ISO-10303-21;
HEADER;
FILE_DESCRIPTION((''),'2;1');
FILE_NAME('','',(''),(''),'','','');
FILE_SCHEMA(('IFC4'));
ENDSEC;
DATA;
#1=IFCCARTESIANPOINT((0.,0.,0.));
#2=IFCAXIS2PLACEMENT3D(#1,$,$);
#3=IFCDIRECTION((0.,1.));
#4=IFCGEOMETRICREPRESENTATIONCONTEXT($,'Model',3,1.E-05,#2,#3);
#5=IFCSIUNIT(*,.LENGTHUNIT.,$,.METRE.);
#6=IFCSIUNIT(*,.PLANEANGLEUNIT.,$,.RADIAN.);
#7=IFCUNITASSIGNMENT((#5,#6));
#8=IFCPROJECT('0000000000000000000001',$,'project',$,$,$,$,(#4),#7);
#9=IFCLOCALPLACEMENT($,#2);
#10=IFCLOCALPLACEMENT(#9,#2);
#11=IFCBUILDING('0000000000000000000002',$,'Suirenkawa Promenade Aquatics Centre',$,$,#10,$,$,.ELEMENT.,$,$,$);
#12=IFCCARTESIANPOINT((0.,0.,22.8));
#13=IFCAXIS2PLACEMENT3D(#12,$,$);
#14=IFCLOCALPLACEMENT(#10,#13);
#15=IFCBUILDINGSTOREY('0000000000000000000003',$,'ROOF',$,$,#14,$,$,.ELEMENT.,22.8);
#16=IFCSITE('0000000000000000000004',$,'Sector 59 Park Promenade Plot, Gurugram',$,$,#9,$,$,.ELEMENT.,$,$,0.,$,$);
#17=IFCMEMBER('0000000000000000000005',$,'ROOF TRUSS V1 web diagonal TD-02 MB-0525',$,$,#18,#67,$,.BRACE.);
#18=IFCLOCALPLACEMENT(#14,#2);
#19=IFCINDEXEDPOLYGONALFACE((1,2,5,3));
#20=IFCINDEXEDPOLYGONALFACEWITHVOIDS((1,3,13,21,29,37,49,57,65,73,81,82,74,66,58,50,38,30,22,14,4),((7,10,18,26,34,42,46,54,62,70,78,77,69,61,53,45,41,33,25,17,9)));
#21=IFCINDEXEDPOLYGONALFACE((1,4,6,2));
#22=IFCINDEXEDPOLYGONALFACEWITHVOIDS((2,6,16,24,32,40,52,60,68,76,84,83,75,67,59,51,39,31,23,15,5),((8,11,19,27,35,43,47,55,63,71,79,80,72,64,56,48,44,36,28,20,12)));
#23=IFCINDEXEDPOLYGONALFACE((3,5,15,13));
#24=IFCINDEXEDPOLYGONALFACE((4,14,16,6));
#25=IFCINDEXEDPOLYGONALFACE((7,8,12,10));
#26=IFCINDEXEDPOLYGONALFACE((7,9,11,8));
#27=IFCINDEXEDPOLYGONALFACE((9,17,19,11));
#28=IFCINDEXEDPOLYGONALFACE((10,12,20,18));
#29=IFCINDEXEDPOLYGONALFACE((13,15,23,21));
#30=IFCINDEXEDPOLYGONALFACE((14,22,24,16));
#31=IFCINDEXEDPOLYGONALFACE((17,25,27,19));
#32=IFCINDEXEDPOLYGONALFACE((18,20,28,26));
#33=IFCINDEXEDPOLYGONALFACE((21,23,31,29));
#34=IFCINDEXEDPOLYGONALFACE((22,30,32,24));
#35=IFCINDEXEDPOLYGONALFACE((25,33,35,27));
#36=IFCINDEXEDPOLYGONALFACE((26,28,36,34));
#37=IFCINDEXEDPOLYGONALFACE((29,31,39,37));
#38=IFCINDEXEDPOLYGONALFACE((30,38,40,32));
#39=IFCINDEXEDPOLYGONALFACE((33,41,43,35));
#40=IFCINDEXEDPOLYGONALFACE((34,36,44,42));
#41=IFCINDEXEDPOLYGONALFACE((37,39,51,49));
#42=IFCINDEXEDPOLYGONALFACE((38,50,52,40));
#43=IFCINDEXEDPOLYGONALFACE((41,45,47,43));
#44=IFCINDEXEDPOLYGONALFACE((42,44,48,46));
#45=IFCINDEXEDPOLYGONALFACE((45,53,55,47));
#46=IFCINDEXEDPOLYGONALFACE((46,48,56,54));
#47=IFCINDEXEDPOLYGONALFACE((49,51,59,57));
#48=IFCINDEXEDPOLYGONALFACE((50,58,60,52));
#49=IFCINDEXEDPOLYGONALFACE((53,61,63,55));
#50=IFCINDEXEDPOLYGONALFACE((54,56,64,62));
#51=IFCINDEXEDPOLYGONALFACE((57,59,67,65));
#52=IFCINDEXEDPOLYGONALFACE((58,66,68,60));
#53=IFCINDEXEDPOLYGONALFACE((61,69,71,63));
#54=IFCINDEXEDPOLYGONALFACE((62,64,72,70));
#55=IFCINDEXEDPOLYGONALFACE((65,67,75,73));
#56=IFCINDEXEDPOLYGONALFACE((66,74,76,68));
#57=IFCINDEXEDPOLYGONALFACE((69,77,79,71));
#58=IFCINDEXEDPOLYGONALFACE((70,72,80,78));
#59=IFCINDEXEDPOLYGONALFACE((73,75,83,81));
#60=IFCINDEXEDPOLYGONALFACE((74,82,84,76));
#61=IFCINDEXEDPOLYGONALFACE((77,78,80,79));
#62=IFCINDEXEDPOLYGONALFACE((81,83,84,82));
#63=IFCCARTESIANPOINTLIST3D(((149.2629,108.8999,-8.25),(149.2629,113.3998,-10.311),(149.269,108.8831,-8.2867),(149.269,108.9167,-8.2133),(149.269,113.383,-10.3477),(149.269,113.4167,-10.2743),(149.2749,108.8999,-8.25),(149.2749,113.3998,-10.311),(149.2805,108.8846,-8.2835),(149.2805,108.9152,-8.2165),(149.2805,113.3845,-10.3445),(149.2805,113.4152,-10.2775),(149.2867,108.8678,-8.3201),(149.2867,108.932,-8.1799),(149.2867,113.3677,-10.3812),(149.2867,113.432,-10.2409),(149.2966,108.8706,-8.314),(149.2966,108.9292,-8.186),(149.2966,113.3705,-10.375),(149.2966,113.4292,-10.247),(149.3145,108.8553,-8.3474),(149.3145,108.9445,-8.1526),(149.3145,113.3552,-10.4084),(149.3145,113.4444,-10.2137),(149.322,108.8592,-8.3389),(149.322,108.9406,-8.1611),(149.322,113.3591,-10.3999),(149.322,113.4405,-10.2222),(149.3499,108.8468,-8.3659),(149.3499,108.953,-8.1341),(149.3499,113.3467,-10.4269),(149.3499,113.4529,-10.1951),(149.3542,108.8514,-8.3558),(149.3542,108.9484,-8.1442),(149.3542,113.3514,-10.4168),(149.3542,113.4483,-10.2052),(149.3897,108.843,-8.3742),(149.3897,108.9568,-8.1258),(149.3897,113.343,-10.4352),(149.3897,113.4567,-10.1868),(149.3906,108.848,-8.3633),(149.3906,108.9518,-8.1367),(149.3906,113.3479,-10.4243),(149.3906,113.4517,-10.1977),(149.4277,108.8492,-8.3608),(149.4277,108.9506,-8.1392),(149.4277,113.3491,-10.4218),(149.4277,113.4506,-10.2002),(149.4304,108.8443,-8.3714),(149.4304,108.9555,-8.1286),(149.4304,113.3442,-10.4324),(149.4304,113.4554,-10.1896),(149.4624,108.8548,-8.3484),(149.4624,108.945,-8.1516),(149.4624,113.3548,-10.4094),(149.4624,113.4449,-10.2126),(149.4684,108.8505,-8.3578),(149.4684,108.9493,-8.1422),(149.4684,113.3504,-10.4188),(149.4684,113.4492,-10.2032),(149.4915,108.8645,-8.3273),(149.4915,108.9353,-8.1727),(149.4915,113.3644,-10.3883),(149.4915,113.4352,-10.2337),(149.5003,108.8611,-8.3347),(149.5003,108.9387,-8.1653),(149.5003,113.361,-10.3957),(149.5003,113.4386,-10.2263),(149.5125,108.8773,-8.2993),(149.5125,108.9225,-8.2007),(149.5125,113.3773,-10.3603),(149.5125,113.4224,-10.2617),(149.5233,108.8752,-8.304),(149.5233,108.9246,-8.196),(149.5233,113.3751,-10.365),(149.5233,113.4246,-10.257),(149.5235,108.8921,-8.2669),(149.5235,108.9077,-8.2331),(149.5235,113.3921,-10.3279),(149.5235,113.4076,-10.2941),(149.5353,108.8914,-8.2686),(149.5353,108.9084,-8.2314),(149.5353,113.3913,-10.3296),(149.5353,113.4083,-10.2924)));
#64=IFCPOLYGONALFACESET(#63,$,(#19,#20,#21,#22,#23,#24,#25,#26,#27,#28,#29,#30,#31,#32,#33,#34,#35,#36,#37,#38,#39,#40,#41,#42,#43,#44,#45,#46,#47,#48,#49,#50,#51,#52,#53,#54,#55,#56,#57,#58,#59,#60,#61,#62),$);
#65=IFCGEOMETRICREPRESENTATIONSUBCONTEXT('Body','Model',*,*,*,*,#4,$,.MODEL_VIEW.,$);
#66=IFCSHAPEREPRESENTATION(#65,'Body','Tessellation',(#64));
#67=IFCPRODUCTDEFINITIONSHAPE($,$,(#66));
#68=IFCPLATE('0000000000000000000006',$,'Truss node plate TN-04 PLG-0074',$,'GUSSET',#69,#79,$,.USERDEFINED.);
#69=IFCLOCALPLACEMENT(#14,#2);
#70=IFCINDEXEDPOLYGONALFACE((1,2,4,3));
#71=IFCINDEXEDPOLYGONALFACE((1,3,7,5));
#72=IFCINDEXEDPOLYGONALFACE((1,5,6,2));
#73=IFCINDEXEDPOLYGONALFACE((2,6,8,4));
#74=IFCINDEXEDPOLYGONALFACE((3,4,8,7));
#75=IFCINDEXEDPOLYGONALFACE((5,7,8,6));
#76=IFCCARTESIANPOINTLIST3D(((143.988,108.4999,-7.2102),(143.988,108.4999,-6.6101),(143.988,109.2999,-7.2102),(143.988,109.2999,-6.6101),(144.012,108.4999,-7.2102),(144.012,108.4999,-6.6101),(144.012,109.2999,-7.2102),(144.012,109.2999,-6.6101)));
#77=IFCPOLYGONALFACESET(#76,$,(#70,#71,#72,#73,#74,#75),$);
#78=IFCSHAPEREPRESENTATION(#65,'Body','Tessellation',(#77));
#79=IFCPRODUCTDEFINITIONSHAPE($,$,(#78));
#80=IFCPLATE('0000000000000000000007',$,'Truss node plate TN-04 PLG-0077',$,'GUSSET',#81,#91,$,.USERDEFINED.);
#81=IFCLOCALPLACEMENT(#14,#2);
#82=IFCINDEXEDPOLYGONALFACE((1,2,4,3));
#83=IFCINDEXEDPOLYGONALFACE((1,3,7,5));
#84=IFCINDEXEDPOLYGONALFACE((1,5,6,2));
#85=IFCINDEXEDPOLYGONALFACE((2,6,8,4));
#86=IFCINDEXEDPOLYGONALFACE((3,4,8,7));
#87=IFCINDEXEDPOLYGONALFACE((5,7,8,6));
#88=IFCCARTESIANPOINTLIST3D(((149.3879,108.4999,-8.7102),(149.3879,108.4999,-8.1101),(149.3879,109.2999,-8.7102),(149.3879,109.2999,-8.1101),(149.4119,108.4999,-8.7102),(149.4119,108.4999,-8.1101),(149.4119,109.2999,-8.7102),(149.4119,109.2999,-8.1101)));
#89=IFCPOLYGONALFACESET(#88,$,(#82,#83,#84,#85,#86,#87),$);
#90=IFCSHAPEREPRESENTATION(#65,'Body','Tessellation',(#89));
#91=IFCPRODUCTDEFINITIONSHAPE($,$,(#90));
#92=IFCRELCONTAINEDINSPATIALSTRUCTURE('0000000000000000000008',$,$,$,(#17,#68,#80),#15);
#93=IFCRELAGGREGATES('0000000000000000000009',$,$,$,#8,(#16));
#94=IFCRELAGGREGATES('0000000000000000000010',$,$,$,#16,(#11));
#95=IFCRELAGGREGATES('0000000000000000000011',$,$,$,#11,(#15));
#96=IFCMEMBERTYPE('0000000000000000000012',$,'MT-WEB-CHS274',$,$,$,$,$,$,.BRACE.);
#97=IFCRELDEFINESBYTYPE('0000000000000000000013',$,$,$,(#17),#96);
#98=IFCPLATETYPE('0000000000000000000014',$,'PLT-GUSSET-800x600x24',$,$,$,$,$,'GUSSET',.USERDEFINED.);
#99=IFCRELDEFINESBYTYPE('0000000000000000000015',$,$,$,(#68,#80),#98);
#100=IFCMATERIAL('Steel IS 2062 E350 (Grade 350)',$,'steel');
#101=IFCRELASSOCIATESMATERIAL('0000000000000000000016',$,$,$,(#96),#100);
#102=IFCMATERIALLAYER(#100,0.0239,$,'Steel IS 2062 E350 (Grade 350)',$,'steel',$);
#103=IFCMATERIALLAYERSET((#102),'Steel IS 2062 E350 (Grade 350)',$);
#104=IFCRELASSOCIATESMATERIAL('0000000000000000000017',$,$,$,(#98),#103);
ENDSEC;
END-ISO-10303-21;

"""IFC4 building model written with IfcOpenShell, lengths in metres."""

from ifc_helpers import new_model, si_unit, direction, frame, origin, origin_2d, place, context, subcontext, project, spatial, rectangle, hollow_circle, extrude, material, layer, layer_set, material_profile, profile_set, type_object, element, save


model = new_model("IFC4")

# Units and contexts
model_context = context("Model", 3, precision=1e-05, world=origin(), true_north=direction((0.0, 1.0)))
body_context = subcontext(model_context, "Body", "Model", "MODEL_VIEW")
ifc_project = project(units=[si_unit("LENGTHUNIT", "METRE"), si_unit("PLANEANGLEUNIT", "RADIAN")], contexts=[model_context])

# Site, building, storey
site_placement = place(None, origin())
site = spatial("IfcSite", under=ifc_project, at=site_placement, Name="Sector 59 Park Promenade Plot, Gurugram", CompositionType="ELEMENT", RefElevation=0.0)
building_placement = place(site_placement, origin())
building = spatial("IfcBuilding", under=site, at=building_placement, Name="Suirenkawa Promenade Aquatics Centre", CompositionType="ELEMENT")
storey_placement = place(building_placement, frame((0.0, 0.0, 22.8)))
storey = spatial("IfcBuildingStorey", under=building, at=storey_placement, Name="ROOF", CompositionType="ELEMENT", Elevation=22.8)

# Shared definitions
ifc_material = material(Name="Steel IS 2062 E350 (Grade 350)", Category="steel")

# Member
ifc_material_profile_1 = material_profile(ifc_material, hollow_circle(Radius=0.137, WallThickness=0.012, at=origin_2d()), Name="CHS 274x12", Category="steel")
ifc_profile_set_1 = profile_set([ifc_material_profile_1], Name="Steel IS 2062 E350 (Grade 350)")
member_type_1 = type_object("IfcMemberType", Name="MT-WEB-CHS274", PredefinedType="BRACE", material=ifc_profile_set_1)
member_1_placement = place(storey_placement, frame((149.3999, 108.8999, -8.25), z_axis=(0.0, 0.909177, -0.41641), x_axis=(-1.0, 0.0, 0.0)))
element("IfcMember", 1, at=member_1_placement, inside=storey, type_object=member_type_1, Name="ROOF TRUSS V1 web diagonal TD-02 MB-0525", PredefinedType="BRACE", context=body_context, shape_type="SweptSolid", body=[
    extrude(hollow_circle(Radius=0.137, WallThickness=0.012, at=origin_2d()), origin(), (0.0, 0.0, 1.0), 4.9495),
])

# Plates
ifc_layer = layer(ifc_material, 0.0239, Name="Steel IS 2062 E350 (Grade 350)", Category="steel")
ifc_layer_set = layer_set([ifc_layer], Name="Steel IS 2062 E350 (Grade 350)")
plate_type = type_object("IfcPlateType", Name="PLT-GUSSET-800x600x24", ElementType="GUSSET", PredefinedType="USERDEFINED", material=ifc_layer_set)
for number, where, z_axis, x_axis, name in (
    (2, (144.0, 108.8999, -7.2102), (0.0, 0.0, 1.0), (0.0, 1.0, 0.0), "Truss node plate TN-04 PLG-0074"),
    (3, (149.3999, 108.8999, -8.7102), (0.0, 0.0, 1.0), (0.0, 1.0, 0.0), "Truss node plate TN-04 PLG-0077"),
):
    element("IfcPlate", number, at=place(storey_placement, frame(where, z_axis=z_axis, x_axis=x_axis)), inside=storey, type_object=plate_type, Name=name, ObjectType="GUSSET", PredefinedType="USERDEFINED", context=body_context, shape_type="SweptSolid", body=[
        extrude(rectangle(XDim=0.8, YDim=0.0239, at=origin_2d()), origin(), (0.0, 0.0, 1.0), 0.6001),
    ])

save(model, "model.ifc")
